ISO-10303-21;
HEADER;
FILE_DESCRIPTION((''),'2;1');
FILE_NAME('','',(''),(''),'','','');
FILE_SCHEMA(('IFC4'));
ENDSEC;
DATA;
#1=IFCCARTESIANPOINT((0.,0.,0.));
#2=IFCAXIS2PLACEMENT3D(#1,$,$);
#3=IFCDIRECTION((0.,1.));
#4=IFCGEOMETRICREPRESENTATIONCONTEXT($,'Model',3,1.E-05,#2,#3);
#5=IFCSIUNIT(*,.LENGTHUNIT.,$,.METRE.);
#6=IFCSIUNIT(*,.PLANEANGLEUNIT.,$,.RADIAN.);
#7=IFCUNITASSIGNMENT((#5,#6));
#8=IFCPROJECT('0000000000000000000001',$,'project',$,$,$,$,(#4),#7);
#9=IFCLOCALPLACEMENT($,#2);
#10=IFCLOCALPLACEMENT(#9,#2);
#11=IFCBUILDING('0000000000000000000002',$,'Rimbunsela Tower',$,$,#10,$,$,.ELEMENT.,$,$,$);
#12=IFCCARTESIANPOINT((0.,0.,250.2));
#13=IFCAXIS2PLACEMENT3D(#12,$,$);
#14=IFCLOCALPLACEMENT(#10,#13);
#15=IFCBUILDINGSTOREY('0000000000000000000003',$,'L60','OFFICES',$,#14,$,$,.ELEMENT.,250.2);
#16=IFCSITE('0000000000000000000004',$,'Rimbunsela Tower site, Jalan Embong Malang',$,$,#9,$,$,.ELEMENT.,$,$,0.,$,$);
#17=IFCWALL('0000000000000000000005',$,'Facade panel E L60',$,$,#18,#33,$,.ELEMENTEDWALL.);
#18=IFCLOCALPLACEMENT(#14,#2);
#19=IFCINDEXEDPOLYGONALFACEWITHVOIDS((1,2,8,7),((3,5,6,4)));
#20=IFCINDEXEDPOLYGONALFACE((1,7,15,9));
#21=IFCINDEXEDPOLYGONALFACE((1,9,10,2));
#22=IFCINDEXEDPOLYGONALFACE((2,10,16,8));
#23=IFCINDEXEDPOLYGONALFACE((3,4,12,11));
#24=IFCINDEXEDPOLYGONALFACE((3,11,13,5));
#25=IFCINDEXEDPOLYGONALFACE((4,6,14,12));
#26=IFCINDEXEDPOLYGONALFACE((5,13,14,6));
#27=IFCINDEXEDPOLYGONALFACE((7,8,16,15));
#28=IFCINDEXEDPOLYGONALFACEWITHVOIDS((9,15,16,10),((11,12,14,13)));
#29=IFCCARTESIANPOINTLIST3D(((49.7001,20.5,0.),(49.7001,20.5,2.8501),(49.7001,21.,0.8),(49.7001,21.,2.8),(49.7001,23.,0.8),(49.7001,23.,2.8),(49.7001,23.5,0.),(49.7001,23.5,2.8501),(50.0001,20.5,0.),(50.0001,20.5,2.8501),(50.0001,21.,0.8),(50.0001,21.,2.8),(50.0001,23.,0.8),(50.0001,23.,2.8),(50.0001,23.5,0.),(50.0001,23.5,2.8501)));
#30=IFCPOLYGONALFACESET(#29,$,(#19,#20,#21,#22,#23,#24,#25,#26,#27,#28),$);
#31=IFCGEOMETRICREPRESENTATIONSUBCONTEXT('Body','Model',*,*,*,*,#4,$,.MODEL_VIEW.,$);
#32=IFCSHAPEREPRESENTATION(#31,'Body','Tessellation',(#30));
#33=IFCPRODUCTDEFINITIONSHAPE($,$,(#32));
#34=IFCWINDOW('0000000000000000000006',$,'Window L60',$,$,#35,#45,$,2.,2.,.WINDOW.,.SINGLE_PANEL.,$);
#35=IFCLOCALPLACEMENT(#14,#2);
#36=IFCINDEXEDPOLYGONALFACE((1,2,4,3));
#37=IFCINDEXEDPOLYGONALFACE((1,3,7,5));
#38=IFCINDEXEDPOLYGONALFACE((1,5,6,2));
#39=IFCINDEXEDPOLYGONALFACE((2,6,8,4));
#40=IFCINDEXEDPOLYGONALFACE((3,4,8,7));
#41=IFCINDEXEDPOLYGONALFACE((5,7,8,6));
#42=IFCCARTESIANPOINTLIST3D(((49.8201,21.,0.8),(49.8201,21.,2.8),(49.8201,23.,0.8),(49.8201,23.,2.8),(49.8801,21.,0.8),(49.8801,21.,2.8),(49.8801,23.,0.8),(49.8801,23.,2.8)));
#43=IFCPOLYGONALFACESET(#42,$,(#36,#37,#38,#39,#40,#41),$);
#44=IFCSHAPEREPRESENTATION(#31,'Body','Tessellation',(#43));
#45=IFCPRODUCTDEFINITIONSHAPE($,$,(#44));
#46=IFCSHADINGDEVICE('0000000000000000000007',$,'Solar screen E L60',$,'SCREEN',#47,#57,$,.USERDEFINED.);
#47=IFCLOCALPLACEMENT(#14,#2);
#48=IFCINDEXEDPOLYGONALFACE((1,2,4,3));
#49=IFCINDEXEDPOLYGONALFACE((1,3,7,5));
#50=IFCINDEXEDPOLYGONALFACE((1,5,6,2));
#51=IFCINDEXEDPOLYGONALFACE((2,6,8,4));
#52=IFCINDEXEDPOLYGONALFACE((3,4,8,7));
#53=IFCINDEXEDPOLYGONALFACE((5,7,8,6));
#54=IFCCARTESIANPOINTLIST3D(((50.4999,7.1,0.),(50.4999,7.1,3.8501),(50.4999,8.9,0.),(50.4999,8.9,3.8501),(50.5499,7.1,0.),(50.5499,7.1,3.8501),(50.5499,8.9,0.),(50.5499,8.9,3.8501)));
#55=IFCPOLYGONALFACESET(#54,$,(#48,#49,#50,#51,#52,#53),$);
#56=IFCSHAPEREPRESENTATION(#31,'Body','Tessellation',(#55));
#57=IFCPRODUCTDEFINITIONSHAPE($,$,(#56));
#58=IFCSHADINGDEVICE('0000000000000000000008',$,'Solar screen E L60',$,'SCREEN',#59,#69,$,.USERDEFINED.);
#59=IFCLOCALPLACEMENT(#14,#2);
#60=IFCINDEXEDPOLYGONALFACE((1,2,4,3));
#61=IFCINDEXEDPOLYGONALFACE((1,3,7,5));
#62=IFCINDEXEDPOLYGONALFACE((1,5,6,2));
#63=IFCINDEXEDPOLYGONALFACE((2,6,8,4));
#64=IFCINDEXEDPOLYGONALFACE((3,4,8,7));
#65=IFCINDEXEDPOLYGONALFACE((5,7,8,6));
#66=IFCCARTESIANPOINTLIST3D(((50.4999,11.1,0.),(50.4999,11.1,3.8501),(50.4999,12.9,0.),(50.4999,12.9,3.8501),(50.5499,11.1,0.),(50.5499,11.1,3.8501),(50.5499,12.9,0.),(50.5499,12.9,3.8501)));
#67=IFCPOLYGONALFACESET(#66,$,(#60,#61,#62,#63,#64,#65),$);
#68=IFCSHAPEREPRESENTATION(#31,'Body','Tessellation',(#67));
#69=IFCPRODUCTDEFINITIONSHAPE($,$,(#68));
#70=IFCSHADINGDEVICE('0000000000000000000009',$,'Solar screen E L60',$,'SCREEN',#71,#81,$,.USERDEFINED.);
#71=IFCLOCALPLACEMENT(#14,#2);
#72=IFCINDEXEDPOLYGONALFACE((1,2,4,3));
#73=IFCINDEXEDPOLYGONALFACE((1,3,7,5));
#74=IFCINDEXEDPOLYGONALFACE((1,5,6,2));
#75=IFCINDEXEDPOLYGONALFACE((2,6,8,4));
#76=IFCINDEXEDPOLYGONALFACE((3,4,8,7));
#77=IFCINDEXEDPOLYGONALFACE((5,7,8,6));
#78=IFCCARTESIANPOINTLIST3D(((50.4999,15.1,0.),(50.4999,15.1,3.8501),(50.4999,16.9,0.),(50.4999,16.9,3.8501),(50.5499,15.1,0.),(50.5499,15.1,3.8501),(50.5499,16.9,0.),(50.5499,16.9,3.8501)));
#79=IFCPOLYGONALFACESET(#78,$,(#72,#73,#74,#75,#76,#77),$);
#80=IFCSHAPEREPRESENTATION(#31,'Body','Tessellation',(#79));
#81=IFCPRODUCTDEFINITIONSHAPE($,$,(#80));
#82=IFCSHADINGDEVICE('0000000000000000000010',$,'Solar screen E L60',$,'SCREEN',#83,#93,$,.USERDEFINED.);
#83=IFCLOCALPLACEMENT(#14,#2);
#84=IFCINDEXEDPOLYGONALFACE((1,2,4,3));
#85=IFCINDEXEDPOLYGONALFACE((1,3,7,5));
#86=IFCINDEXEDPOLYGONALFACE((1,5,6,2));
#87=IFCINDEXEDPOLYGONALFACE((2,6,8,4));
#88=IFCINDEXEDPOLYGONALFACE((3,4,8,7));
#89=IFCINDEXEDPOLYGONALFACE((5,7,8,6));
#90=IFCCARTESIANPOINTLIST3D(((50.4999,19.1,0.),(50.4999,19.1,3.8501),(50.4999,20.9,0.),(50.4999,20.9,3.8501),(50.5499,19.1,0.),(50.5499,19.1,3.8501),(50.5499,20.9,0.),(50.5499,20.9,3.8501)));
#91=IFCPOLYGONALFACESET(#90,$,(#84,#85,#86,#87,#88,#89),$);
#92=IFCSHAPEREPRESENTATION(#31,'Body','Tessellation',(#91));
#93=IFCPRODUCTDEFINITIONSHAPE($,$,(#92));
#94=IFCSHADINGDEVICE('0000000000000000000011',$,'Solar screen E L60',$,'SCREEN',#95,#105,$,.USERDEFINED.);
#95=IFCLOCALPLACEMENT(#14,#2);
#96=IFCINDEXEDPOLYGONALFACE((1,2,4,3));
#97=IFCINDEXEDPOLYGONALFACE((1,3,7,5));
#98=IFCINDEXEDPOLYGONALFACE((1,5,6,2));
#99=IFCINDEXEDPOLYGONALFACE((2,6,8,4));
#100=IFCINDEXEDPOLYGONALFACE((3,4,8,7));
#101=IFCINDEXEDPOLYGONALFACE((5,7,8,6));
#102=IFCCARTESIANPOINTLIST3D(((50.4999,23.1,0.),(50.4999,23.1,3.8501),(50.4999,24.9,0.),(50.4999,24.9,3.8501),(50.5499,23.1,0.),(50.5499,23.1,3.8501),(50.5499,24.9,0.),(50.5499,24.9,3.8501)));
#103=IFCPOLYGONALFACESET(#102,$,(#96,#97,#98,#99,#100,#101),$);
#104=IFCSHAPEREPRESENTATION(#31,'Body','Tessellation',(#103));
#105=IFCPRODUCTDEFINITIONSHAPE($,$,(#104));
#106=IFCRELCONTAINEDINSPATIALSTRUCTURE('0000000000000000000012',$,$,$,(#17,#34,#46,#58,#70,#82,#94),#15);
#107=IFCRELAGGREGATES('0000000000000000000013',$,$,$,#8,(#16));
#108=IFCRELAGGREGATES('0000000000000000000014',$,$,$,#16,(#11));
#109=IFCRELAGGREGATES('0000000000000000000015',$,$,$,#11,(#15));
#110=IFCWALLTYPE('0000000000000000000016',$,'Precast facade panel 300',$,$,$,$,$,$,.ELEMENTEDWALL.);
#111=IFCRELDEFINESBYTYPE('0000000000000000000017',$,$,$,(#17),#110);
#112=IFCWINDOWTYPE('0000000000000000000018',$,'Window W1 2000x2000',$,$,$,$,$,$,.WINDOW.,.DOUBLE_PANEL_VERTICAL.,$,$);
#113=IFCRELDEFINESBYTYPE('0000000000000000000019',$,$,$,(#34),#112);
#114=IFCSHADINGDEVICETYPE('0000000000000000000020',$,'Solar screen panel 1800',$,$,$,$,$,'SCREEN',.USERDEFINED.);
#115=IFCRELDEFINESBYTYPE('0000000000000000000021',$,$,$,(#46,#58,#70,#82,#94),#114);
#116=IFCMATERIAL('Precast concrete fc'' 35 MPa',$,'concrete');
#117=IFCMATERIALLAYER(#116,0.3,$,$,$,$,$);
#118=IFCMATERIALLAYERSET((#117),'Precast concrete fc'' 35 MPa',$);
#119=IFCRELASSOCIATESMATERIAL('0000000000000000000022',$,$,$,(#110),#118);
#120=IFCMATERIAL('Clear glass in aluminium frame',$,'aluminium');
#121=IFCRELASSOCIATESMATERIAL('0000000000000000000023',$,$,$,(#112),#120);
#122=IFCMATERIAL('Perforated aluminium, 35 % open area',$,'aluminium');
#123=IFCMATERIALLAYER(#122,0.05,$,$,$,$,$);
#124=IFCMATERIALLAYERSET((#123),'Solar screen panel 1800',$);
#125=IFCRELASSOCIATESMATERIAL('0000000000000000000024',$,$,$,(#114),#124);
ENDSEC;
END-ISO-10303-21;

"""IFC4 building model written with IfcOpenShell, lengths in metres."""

from ifc_helpers import new_model, si_unit, direction, frame, frame_2d, origin, origin_2d, place, context, subcontext, project, spatial, rectangle, extrude, material, layer, layer_set, type_object, element, fill, save


model = new_model("IFC4")

# Units and contexts
model_context = context("Model", 3, precision=1e-05, world=origin(), true_north=direction((0.0, 1.0)))
body_context = subcontext(model_context, "Body", "Model", "MODEL_VIEW")
ifc_project = project(units=[si_unit("LENGTHUNIT", "METRE"), si_unit("PLANEANGLEUNIT", "RADIAN")], contexts=[model_context])

# Site, building, storey
site_placement = place(None, origin())
site = spatial("IfcSite", under=ifc_project, at=site_placement, Name="Rimbunsela Tower site, Jalan Embong Malang", CompositionType="ELEMENT", RefElevation=0.0)
building_placement = place(site_placement, origin())
building = spatial("IfcBuilding", under=site, at=building_placement, Name="Rimbunsela Tower", CompositionType="ELEMENT")
storey_placement = place(building_placement, frame((0.0, 0.0, 250.2)))
storey = spatial("IfcBuildingStorey", under=building, at=storey_placement, Name="L60", Description="OFFICES", CompositionType="ELEMENT", Elevation=250.2)

# Wall, opening, window
ifc_material_1 = material(Name="Precast concrete fc' 35 MPa", Category="concrete")
ifc_layer_1 = layer(ifc_material_1, 0.3)
ifc_layer_set_1 = layer_set([ifc_layer_1], Name="Precast concrete fc' 35 MPa")
wall_type_1 = type_object("IfcWallType", Name="Precast facade panel 300", PredefinedType="ELEMENTEDWALL", material=ifc_layer_set_1)
ifc_material_2 = material(Name="Clear glass in aluminium frame", Category="aluminium")
window_type = type_object("IfcWindowType", Name="Window W1 2000x2000", PartitioningType="DOUBLE_PANEL_VERTICAL", PredefinedType="WINDOW", material=ifc_material_2)
wall_1_placement = place(storey_placement, frame((49.8501, 20.5, 0.0), z_axis=(0.0, 0.0, 1.0), x_axis=(0.0, 1.0, 0.0)))
wall_1 = element("IfcWall", 1, at=wall_1_placement, inside=storey, type_object=wall_type_1, Name="Facade panel E L60", PredefinedType="ELEMENTEDWALL", context=body_context, shape_type="SweptSolid", body=[
    extrude(rectangle(XDim=3.0, YDim=0.3, at=frame_2d((1.5, 0.0))), origin(), (0.0, 0.0, 1.0), 2.8501),
])
opening_1_placement = place(wall_1_placement, frame((0.5, 0.0, 0.8)))
opening_1 = element("IfcOpeningElement", 2, at=opening_1_placement, cuts=wall_1, PredefinedType="OPENING", context=body_context, shape_type="SweptSolid", body=[
    extrude(rectangle(XDim=2.0, YDim=2.0, at=frame_2d((1.0, 1.0))), frame((0.0, 0.1599, 0.0), z_axis=(0.0, -1.0, 0.0), x_axis=(1.0, 0.0, 0.0)), (0.0, 0.0, 1.0), 0.3201),
])
window_1_placement = place(opening_1_placement, origin())
window_1 = element("IfcWindow", 3, at=window_1_placement, inside=storey, type_object=window_type, Name="Window L60", OverallHeight=2.0, OverallWidth=2.0, PartitioningType="SINGLE_PANEL", PredefinedType="WINDOW", context=body_context, shape_type="SweptSolid", body=[
    extrude(rectangle(XDim=2.0, YDim=2.0, at=frame_2d((1.0, 1.0))), frame((0.0, 0.03, 0.0), z_axis=(0.0, -1.0, 0.0), x_axis=(1.0, 0.0, 0.0)), (0.0, 0.0, 1.0), 0.0601),
])
fill(opening_1, window_1)

# Shading devices
ifc_material_3 = material(Name="Perforated aluminium, 35 % open area", Category="aluminium")
ifc_layer_2 = layer(ifc_material_3, 0.05)
ifc_layer_set_2 = layer_set([ifc_layer_2], Name="Solar screen panel 1800")
shading_device_type = type_object("IfcShadingDeviceType", Name="Solar screen panel 1800", ElementType="SCREEN", PredefinedType="USERDEFINED", material=ifc_layer_set_2)
for number, where, z_axis, x_axis, name in (
    (4, (50.5249, 8.0, 0.0), (0.0, 0.0, 1.0), (0.0, 1.0, 0.0), "Solar screen E L60"),
    (5, (50.5249, 12.0, 0.0), (0.0, 0.0, 1.0), (0.0, 1.0, 0.0), "Solar screen E L60"),
    (6, (50.5249, 16.0, 0.0), (0.0, 0.0, 1.0), (0.0, 1.0, 0.0), "Solar screen E L60"),
    (7, (50.5249, 20.0, 0.0), (0.0, 0.0, 1.0), (0.0, 1.0, 0.0), "Solar screen E L60"),
    (8, (50.5249, 24.0, 0.0), (0.0, 0.0, 1.0), (0.0, 1.0, 0.0), "Solar screen E L60"),
):
    element("IfcShadingDevice", number, at=place(storey_placement, frame(where, z_axis=z_axis, x_axis=x_axis)), inside=storey, type_object=shading_device_type, Name=name, ObjectType="SCREEN", PredefinedType="USERDEFINED", context=body_context, shape_type="SweptSolid", body=[
        extrude(rectangle(XDim=1.8, YDim=0.05, at=origin_2d()), origin(), (0.0, 0.0, 1.0), 3.8501),
    ])

save(model, "model.ifc")
